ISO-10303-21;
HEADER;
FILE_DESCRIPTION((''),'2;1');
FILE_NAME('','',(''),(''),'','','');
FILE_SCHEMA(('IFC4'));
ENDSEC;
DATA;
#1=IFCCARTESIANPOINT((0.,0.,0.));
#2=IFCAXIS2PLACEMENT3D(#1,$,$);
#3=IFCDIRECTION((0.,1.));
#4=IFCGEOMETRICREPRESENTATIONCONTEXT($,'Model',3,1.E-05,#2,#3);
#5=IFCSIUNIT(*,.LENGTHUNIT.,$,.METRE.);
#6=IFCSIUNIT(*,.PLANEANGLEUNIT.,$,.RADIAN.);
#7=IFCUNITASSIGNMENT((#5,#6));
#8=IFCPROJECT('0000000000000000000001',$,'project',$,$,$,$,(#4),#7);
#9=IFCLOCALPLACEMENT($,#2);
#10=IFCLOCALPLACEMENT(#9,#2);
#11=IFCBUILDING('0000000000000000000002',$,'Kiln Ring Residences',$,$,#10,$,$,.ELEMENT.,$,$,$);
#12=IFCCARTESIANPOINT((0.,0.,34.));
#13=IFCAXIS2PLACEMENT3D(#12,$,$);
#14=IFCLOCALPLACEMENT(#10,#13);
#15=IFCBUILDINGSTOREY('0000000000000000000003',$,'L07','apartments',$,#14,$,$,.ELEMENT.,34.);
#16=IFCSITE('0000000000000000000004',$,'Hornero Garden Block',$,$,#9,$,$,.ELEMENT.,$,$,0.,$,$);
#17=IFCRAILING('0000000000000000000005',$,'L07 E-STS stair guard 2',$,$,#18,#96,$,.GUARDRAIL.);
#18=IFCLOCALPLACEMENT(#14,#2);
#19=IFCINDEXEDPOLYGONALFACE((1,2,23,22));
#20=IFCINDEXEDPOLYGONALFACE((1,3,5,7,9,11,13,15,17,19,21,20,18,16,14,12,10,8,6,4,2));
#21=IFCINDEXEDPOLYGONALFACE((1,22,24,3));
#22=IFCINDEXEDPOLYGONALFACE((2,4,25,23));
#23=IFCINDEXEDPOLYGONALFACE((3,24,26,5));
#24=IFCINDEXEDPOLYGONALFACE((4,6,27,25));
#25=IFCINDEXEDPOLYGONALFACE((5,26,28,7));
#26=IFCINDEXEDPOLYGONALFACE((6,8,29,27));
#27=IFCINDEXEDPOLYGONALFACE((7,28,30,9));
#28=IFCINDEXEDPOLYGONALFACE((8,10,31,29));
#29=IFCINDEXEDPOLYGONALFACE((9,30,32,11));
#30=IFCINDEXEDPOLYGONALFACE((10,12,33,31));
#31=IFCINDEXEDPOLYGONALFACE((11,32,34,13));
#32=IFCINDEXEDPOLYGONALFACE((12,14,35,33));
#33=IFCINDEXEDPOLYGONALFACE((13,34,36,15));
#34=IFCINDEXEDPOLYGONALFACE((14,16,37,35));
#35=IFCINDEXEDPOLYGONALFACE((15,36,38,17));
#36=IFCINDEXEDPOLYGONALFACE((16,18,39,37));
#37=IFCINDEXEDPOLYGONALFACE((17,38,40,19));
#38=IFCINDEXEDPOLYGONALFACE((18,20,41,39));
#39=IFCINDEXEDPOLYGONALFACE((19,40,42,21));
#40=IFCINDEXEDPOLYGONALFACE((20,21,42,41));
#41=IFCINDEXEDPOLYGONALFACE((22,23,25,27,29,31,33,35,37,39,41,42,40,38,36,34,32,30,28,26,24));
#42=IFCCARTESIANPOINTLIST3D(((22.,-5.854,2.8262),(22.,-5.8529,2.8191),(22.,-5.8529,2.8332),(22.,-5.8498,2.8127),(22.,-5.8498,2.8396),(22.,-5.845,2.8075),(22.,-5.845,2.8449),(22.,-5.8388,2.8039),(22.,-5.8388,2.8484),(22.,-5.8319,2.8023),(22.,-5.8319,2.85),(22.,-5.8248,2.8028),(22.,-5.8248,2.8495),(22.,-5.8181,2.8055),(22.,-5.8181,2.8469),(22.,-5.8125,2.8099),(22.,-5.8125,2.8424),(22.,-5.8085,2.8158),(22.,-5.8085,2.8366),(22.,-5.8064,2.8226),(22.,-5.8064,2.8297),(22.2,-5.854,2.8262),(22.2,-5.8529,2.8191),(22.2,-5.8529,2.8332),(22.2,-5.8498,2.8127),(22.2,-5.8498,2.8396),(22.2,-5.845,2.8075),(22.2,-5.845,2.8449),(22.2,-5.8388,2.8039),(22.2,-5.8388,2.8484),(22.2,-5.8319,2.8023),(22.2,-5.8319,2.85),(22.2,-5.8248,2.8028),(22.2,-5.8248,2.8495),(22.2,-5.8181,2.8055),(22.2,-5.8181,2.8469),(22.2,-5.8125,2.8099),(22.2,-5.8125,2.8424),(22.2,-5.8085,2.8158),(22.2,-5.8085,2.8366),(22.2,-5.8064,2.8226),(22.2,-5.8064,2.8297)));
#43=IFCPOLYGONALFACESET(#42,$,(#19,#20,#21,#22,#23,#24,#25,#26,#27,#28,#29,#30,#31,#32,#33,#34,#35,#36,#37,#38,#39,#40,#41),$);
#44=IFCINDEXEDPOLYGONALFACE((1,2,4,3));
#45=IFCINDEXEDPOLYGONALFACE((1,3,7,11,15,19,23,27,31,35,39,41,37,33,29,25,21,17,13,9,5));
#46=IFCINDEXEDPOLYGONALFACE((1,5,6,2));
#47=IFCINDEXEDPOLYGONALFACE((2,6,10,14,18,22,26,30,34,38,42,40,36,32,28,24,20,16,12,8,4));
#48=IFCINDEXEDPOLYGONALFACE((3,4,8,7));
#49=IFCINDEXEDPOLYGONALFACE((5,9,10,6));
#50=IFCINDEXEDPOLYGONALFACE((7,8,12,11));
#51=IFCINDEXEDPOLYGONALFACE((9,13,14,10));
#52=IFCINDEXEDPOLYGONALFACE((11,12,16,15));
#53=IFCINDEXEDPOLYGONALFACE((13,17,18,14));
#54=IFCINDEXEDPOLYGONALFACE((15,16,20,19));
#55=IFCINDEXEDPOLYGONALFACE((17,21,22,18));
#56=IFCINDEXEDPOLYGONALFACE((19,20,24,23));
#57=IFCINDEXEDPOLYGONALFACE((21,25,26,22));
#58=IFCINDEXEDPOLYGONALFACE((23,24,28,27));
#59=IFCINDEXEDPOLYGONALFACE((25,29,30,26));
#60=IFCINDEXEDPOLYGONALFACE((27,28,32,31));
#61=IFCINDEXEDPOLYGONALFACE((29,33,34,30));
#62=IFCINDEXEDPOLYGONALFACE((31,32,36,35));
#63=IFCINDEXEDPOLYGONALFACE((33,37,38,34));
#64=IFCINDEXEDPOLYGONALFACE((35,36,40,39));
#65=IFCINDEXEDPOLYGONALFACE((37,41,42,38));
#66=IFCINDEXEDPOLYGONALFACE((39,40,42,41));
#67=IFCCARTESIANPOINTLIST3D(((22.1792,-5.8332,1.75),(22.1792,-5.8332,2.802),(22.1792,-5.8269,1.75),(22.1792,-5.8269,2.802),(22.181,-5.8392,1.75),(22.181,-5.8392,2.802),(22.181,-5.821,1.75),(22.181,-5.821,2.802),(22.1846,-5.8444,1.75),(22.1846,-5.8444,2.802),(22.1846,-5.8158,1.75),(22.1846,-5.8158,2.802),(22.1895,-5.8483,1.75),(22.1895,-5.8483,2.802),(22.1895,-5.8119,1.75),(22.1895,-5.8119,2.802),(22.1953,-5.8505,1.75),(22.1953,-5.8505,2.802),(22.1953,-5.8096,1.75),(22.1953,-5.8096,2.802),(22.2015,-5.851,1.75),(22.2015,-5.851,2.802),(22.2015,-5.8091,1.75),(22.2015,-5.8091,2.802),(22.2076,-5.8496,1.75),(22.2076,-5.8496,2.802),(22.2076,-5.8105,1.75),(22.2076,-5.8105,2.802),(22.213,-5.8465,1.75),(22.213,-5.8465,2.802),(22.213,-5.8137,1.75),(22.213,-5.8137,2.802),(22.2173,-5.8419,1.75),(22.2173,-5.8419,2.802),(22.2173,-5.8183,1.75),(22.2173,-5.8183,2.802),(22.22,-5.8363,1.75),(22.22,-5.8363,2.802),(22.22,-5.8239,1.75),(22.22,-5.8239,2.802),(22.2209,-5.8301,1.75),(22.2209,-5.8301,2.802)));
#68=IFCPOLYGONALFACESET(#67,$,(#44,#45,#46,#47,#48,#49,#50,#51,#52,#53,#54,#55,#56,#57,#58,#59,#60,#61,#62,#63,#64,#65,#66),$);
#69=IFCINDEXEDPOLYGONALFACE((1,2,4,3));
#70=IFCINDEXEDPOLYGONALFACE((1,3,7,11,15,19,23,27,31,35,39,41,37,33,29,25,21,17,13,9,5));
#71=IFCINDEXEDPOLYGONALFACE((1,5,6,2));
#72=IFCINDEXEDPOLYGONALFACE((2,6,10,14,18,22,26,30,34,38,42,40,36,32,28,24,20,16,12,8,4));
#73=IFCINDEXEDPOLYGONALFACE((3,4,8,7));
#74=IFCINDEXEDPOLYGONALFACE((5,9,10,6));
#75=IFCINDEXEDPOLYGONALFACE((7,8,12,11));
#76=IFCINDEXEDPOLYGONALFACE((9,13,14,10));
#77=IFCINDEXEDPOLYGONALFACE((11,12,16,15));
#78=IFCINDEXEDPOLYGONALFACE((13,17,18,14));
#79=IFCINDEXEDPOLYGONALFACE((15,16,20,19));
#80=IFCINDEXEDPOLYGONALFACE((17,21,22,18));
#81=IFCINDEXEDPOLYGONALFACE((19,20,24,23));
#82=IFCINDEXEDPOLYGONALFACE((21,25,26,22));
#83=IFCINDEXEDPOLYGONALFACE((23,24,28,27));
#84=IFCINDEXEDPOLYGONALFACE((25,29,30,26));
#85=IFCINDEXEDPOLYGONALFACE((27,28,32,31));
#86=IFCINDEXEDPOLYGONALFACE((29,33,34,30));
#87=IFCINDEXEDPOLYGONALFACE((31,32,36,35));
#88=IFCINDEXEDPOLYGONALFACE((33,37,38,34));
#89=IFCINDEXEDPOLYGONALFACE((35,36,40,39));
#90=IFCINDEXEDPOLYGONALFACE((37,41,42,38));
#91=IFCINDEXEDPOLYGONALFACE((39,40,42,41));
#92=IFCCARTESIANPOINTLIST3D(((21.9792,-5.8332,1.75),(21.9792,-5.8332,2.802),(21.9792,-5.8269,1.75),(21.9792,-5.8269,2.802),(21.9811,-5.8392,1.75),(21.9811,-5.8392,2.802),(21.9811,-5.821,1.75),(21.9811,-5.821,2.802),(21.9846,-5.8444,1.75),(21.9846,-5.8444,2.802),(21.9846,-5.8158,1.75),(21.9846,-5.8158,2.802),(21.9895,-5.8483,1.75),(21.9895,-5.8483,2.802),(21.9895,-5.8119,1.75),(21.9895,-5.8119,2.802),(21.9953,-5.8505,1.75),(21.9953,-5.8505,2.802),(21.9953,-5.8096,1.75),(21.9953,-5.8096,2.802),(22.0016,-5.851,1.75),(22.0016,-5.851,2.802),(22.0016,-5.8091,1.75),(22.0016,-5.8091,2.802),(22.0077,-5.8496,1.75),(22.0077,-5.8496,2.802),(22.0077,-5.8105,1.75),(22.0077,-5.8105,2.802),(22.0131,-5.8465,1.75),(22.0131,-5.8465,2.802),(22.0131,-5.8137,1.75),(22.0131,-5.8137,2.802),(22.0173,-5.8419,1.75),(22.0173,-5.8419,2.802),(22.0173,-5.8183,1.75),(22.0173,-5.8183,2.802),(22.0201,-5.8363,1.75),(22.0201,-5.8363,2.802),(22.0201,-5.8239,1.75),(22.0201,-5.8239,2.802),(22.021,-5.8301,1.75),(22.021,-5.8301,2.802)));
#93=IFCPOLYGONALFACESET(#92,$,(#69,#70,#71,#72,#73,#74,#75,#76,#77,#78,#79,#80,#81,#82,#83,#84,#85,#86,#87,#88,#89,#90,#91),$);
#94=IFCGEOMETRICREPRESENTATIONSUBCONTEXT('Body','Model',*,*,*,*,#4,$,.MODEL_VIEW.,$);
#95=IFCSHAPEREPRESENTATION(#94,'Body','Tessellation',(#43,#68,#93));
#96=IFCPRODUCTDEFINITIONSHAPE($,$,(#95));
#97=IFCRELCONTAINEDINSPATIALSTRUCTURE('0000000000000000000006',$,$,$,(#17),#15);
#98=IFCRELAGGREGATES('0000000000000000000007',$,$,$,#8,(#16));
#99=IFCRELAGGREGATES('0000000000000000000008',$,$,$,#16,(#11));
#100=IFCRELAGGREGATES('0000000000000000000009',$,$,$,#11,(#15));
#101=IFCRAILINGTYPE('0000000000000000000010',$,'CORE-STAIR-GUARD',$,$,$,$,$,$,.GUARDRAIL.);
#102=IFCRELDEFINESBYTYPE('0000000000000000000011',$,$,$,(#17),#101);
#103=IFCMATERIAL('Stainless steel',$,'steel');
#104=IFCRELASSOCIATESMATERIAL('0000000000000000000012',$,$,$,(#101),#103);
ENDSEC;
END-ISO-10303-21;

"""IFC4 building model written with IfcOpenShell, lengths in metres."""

from ifc_helpers import new_model, si_unit, direction, frame, origin, origin_2d, place, context, subcontext, project, spatial, circle, extrude, material, type_object, element, save


model = new_model("IFC4")

# Units and contexts
model_context = context("Model", 3, precision=1e-05, world=origin(), true_north=direction((0.0, 1.0)))
body_context = subcontext(model_context, "Body", "Model", "MODEL_VIEW")
ifc_project = project(units=[si_unit("LENGTHUNIT", "METRE"), si_unit("PLANEANGLEUNIT", "RADIAN")], contexts=[model_context])

# Site, building, storey
site_placement = place(None, origin())
site = spatial("IfcSite", under=ifc_project, at=site_placement, Name="Hornero Garden Block", CompositionType="ELEMENT", RefElevation=0.0)
building_placement = place(site_placement, origin())
building = spatial("IfcBuilding", under=site, at=building_placement, Name="Kiln Ring Residences", CompositionType="ELEMENT")
storey_placement = place(building_placement, frame((0.0, 0.0, 34.0)))
storey = spatial("IfcBuildingStorey", under=building, at=storey_placement, Name="L07", Description="apartments", CompositionType="ELEMENT", Elevation=34.0)

# Railing
ifc_material_1 = material(Name="Stainless steel", Category="steel")
railing_type_1 = type_object("IfcRailingType", Name="CORE-STAIR-GUARD", PredefinedType="GUARDRAIL", material=ifc_material_1)
railing_1_placement = place(storey_placement, frame((22.2, -5.8301, 1.75)))
element("IfcRailing", 1, at=railing_1_placement, inside=storey, type_object=railing_type_1, Name="L07 E-STS stair guard 2", PredefinedType="GUARDRAIL", context=body_context, shape_type="SweptSolid", body=[
    extrude(circle(Radius=0.0239, at=origin_2d()), frame((0.0, 0.0, 1.0762), z_axis=(-1.0, 0.0, 0.0), x_axis=(0.0, -1.0, 0.0)), (0.0, 0.0, 1.0), 0.2),
    extrude(circle(Radius=0.021, at=origin_2d()), origin(), (0.0, 0.0, 1.0), 1.052),
    extrude(circle(Radius=0.021, at=origin_2d()), frame((-0.2, 0.0, 0.0)), (0.0, 0.0, 1.0), 1.052),
])

save(model, "model.ifc")
